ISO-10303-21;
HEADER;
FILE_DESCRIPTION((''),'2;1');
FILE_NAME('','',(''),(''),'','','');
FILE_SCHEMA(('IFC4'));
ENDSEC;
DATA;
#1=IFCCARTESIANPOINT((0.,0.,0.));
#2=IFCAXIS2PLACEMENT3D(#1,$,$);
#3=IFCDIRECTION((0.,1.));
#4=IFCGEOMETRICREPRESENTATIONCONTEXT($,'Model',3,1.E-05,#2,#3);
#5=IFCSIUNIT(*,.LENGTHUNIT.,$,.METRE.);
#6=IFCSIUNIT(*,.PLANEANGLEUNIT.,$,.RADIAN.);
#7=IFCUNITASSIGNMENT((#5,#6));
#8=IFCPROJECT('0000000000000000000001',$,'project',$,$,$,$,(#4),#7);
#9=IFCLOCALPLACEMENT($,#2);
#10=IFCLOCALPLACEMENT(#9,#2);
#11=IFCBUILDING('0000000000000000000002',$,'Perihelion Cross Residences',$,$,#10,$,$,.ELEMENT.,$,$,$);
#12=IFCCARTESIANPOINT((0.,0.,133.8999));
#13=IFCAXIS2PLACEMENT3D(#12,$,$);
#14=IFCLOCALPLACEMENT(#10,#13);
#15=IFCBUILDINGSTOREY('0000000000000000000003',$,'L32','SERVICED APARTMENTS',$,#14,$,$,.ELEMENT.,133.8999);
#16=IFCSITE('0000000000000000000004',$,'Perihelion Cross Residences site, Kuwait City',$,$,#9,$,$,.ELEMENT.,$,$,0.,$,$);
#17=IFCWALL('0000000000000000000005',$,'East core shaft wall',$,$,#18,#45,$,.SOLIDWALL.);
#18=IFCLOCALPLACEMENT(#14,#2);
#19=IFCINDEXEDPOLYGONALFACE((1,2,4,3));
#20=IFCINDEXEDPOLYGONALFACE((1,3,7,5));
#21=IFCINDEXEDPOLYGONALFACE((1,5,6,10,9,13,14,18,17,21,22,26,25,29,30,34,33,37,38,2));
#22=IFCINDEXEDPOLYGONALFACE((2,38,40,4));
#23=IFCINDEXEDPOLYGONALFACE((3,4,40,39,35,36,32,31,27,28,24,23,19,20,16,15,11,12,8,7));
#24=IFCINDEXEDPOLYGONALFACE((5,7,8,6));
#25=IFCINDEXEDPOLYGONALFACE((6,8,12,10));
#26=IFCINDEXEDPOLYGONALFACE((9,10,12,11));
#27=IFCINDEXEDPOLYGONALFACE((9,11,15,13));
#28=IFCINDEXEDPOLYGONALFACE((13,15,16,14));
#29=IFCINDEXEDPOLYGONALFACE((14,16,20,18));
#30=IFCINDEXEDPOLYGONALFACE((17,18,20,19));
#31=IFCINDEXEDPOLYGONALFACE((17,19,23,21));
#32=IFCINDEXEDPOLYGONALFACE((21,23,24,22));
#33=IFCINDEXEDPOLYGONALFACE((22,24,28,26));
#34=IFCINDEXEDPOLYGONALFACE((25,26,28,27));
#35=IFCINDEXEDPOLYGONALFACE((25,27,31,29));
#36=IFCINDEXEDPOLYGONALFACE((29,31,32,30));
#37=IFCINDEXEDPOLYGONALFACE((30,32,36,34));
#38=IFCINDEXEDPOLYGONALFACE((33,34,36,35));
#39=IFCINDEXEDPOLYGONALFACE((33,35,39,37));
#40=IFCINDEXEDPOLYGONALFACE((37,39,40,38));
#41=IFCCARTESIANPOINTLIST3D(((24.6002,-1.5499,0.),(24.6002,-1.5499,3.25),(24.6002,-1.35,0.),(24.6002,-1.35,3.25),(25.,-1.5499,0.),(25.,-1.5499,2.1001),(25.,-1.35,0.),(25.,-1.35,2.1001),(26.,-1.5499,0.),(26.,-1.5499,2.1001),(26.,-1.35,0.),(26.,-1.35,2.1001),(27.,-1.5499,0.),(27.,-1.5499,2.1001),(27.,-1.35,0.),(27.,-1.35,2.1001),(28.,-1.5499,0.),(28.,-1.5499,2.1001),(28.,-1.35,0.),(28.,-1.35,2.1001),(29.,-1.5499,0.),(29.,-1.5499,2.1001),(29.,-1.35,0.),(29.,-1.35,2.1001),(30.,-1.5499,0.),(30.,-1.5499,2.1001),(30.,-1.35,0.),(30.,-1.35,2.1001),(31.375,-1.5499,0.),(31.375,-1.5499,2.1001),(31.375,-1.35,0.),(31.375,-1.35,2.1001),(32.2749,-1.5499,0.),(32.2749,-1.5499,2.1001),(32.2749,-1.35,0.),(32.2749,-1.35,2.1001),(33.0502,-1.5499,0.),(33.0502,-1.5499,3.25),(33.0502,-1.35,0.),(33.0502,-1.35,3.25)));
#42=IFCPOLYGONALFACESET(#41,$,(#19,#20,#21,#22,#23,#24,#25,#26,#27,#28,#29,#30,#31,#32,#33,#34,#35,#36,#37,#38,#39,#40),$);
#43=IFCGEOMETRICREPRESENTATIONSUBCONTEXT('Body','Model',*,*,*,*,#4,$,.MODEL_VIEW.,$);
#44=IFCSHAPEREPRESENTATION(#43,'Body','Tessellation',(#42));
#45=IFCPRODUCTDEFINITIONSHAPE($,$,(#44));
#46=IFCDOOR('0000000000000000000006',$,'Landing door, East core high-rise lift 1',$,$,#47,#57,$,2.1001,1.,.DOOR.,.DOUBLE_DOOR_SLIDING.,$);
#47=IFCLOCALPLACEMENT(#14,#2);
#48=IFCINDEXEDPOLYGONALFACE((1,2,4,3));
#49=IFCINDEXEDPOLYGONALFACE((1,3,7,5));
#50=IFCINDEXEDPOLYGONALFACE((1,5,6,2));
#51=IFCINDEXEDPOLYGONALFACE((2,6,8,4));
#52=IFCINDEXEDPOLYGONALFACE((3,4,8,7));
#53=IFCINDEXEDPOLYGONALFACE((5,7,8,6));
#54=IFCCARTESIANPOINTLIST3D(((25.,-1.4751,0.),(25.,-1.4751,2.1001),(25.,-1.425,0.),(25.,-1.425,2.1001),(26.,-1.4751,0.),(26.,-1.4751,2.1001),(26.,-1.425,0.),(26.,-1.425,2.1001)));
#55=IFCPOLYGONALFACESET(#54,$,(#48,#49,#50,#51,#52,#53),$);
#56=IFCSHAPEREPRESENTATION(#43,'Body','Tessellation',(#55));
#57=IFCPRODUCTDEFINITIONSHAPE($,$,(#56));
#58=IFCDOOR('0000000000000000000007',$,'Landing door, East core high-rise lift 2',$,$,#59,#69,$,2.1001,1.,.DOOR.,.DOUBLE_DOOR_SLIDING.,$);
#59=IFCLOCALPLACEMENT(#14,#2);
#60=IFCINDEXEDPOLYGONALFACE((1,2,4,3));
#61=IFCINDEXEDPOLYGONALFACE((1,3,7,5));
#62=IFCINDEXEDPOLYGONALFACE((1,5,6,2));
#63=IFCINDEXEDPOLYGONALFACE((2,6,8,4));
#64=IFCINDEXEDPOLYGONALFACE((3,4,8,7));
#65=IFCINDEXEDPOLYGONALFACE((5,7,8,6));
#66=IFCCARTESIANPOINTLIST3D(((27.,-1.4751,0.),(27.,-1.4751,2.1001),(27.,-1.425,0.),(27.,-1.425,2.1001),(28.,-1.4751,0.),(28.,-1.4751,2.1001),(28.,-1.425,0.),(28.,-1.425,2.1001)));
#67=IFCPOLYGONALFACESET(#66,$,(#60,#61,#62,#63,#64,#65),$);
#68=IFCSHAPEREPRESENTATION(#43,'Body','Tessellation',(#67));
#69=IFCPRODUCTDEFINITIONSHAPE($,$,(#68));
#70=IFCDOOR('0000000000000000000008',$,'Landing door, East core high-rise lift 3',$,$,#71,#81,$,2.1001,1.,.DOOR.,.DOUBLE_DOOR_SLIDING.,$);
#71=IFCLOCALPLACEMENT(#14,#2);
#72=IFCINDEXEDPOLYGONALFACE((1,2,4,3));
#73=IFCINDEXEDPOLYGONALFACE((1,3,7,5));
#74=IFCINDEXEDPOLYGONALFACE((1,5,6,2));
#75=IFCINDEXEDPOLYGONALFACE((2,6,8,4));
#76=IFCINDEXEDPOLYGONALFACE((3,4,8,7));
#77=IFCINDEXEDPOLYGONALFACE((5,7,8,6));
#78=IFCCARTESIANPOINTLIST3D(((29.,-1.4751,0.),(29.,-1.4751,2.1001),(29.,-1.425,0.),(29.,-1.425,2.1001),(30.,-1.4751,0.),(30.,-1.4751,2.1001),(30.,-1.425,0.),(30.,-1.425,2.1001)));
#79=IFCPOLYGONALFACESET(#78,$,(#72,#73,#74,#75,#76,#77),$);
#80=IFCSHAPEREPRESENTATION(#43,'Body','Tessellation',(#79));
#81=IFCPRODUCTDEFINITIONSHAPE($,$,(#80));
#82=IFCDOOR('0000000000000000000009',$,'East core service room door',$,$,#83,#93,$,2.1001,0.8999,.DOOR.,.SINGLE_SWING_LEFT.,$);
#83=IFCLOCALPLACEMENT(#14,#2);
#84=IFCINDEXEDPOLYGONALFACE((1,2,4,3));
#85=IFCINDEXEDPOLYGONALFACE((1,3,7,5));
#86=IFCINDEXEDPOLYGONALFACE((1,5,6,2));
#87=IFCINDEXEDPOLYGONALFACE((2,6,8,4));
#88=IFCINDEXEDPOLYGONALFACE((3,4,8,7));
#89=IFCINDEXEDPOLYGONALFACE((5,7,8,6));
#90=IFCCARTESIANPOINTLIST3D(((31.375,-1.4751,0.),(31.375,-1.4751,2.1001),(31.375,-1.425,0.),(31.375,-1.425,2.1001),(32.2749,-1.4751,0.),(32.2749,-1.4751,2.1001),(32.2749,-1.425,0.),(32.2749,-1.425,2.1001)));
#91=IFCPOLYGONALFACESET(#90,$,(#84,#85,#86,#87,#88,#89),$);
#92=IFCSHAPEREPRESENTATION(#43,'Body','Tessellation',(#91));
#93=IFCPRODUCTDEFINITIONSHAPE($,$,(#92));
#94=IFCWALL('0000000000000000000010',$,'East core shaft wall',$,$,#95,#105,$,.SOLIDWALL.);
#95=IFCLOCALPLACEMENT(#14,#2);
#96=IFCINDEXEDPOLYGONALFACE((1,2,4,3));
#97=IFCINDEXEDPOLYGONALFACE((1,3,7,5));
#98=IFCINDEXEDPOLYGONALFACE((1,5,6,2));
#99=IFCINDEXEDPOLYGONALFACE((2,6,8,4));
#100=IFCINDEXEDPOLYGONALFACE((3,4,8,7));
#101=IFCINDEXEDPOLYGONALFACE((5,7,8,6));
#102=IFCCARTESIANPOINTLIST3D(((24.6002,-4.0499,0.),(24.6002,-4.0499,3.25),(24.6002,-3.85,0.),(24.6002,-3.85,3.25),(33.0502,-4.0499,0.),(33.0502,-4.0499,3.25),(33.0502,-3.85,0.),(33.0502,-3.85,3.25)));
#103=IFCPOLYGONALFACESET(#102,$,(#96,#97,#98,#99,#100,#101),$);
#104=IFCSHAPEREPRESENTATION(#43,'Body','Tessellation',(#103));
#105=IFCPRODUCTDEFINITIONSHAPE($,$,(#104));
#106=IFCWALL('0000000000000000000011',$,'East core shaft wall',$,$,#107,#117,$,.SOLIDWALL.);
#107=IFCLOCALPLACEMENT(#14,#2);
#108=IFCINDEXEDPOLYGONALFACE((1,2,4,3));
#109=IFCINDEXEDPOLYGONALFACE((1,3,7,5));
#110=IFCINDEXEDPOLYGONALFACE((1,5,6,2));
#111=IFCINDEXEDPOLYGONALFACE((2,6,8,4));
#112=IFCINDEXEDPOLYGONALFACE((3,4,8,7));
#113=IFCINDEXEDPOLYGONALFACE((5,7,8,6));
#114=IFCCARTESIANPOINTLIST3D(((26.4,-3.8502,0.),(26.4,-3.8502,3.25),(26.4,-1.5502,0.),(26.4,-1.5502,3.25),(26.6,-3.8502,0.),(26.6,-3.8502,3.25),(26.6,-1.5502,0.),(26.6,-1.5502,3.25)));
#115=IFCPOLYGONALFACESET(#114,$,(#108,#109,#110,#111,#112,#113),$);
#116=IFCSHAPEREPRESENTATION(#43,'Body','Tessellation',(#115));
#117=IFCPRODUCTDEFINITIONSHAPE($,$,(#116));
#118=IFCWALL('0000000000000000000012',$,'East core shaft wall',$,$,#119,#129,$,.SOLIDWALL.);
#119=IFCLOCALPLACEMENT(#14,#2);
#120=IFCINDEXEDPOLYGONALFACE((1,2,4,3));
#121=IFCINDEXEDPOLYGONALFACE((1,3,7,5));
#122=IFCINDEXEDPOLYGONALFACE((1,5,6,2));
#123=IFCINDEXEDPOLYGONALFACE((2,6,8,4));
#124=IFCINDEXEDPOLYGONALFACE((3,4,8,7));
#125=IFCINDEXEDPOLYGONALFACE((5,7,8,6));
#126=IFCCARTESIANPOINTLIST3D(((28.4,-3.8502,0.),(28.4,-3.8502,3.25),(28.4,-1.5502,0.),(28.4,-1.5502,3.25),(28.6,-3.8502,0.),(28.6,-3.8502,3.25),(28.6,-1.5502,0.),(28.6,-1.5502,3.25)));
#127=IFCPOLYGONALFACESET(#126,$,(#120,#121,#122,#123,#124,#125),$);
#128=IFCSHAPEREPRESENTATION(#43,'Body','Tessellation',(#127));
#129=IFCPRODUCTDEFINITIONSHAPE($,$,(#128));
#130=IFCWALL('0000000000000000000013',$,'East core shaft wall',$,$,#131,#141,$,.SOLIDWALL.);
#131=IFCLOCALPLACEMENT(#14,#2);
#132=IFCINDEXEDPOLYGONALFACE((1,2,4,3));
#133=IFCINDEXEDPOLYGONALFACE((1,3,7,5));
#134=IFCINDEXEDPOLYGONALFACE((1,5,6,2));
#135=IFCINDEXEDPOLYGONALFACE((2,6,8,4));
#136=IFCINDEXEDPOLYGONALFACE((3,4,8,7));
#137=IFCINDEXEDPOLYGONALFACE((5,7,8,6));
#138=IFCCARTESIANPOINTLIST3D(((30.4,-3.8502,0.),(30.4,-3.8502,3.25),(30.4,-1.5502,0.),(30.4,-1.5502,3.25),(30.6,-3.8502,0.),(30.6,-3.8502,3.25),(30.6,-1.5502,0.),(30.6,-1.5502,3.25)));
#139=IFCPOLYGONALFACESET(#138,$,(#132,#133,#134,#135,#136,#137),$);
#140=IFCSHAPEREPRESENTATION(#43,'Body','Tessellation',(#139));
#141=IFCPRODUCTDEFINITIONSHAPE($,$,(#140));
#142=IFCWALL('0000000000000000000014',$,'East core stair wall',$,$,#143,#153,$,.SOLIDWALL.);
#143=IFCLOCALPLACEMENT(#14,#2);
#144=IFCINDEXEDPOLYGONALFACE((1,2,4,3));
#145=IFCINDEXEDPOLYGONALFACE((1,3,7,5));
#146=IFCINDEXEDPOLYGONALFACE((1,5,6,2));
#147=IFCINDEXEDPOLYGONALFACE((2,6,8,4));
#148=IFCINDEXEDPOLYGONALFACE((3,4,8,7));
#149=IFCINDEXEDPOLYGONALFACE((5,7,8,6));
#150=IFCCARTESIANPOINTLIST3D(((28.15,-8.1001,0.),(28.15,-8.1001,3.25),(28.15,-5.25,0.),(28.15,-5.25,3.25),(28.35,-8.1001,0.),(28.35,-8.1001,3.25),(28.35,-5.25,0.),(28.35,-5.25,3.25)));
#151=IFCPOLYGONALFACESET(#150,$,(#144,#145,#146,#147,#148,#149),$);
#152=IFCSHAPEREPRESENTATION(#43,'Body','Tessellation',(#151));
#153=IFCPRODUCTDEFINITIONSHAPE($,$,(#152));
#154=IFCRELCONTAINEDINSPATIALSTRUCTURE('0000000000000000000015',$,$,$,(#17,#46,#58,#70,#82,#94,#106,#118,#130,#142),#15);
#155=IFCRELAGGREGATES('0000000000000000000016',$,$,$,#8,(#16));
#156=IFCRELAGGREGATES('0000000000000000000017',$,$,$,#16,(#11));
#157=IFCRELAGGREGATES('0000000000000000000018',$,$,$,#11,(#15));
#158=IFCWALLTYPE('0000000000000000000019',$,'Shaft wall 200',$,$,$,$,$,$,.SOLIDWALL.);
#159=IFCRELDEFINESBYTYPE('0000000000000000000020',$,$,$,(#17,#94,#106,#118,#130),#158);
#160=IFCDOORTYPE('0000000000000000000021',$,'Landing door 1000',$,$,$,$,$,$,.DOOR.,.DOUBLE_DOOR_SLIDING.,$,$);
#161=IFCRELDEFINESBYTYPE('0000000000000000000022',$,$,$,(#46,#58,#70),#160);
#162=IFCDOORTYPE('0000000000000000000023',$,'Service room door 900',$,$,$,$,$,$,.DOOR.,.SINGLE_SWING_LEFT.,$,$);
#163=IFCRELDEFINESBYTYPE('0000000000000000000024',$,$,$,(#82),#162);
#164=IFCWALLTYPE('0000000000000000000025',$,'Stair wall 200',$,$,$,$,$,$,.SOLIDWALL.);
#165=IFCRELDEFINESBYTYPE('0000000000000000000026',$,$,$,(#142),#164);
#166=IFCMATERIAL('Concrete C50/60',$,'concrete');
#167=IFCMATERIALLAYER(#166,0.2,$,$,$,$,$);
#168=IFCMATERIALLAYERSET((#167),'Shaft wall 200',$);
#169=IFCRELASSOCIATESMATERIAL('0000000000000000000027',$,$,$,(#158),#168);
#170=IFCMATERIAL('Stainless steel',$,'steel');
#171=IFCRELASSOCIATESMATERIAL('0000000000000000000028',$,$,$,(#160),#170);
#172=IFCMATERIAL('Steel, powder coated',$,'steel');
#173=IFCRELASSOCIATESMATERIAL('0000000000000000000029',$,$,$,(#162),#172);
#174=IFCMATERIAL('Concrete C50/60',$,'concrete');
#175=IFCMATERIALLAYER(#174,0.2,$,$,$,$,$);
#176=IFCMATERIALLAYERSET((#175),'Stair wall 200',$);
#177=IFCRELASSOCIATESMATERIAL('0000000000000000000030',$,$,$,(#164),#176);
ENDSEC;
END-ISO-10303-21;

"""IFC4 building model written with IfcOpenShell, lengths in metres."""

from ifc_helpers import new_model, si_unit, direction, frame, frame_2d, origin, place, context, subcontext, project, spatial, rectangle, extrude, material, layer, layer_set, type_object, element, fill, save


model = new_model("IFC4")

# Units and contexts
model_context = context("Model", 3, precision=1e-05, world=origin(), true_north=direction((0.0, 1.0)))
body_context = subcontext(model_context, "Body", "Model", "MODEL_VIEW")
ifc_project = project(units=[si_unit("LENGTHUNIT", "METRE"), si_unit("PLANEANGLEUNIT", "RADIAN")], contexts=[model_context])

# Site, building, storey
site_placement = place(None, origin())
site = spatial("IfcSite", under=ifc_project, at=site_placement, Name="Perihelion Cross Residences site, Kuwait City", CompositionType="ELEMENT", RefElevation=0.0)
building_placement = place(site_placement, origin())
building = spatial("IfcBuilding", under=site, at=building_placement, Name="Perihelion Cross Residences", CompositionType="ELEMENT")
storey_placement = place(building_placement, frame((0.0, 0.0, 133.8999)))
storey = spatial("IfcBuildingStorey", under=building, at=storey_placement, Name="L32", Description="SERVICED APARTMENTS", CompositionType="ELEMENT", Elevation=133.8999)

# Wall, openings, doors
ifc_material_1 = material(Name="Concrete C50/60", Category="concrete")
ifc_layer_1 = layer(ifc_material_1, 0.2)
ifc_layer_set_1 = layer_set([ifc_layer_1], Name="Shaft wall 200")
wall_type_1 = type_object("IfcWallType", Name="Shaft wall 200", PredefinedType="SOLIDWALL", material=ifc_layer_set_1)
wall_1_placement = place(storey_placement, frame((24.6001, -1.45, 0.0), z_axis=(0.0, 0.0, 1.0), x_axis=(1.0, 0.0, 0.0)))
wall_1 = element("IfcWall", 1, at=wall_1_placement, inside=storey, type_object=wall_type_1, Name="East core shaft wall", PredefinedType="SOLIDWALL", context=body_context, shape_type="SweptSolid", body=[
    extrude(rectangle(XDim=8.45, YDim=0.2, at=frame_2d((4.2251, 0.0))), origin(), (0.0, 0.0, 1.0), 3.25),
])
opening_1_placement = place(wall_1_placement, frame((0.3999, 0.0, 0.0)))
opening_1 = element("IfcOpeningElement", 2, at=opening_1_placement, cuts=wall_1, PredefinedType="OPENING", context=body_context, shape_type="SweptSolid", body=[
    extrude(rectangle(XDim=1.0, YDim=2.1001, at=frame_2d((0.5, 1.05))), frame((0.0, 0.1099, 0.0), z_axis=(0.0, -1.0, 0.0), x_axis=(1.0, 0.0, 0.0)), (0.0, 0.0, 1.0), 0.22),
])
opening_2_placement = place(wall_1_placement, frame((2.3999, 0.0, 0.0)))
opening_2 = element("IfcOpeningElement", 3, at=opening_2_placement, cuts=wall_1, PredefinedType="OPENING", context=body_context, shape_type="SweptSolid", body=[
    extrude(rectangle(XDim=1.0, YDim=2.1001, at=frame_2d((0.5, 1.05))), frame((0.0, 0.1099, 0.0), z_axis=(0.0, -1.0, 0.0), x_axis=(1.0, 0.0, 0.0)), (0.0, 0.0, 1.0), 0.22),
])
opening_3_placement = place(wall_1_placement, frame((4.3999, 0.0, 0.0)))
opening_3 = element("IfcOpeningElement", 4, at=opening_3_placement, cuts=wall_1, PredefinedType="OPENING", context=body_context, shape_type="SweptSolid", body=[
    extrude(rectangle(XDim=1.0, YDim=2.1001, at=frame_2d((0.5, 1.05))), frame((0.0, 0.1099, 0.0), z_axis=(0.0, -1.0, 0.0), x_axis=(1.0, 0.0, 0.0)), (0.0, 0.0, 1.0), 0.22),
])
opening_4_placement = place(wall_1_placement, frame((6.7749, 0.0, 0.0)))
opening_4 = element("IfcOpeningElement", 5, at=opening_4_placement, cuts=wall_1, PredefinedType="OPENING", context=body_context, shape_type="SweptSolid", body=[
    extrude(rectangle(XDim=0.8999, YDim=2.1001, at=frame_2d((0.45, 1.05))), frame((0.0, 0.1099, 0.0), z_axis=(0.0, -1.0, 0.0), x_axis=(1.0, 0.0, 0.0)), (0.0, 0.0, 1.0), 0.22),
])
ifc_material_2 = material(Name="Stainless steel", Category="steel")
door_type_1 = type_object("IfcDoorType", Name="Landing door 1000", OperationType="DOUBLE_DOOR_SLIDING", PredefinedType="DOOR", material=ifc_material_2)
door_1_placement = place(opening_1_placement, origin())
door_1 = element("IfcDoor", 6, at=door_1_placement, inside=storey, type_object=door_type_1, Name="Landing door, East core high-rise lift 1", OperationType="DOUBLE_DOOR_SLIDING", OverallHeight=2.1001, OverallWidth=1.0, PredefinedType="DOOR", context=body_context, shape_type="SweptSolid", body=[
    extrude(rectangle(XDim=1.0, YDim=2.1001, at=frame_2d((0.5, 1.05))), frame((0.0, 0.0249, 0.0), z_axis=(0.0, -1.0, 0.0), x_axis=(1.0, 0.0, 0.0)), (0.0, 0.0, 1.0), 0.05),
])
fill(opening_1, door_1)
door_2_placement = place(opening_2_placement, origin())
door_2 = element("IfcDoor", 7, at=door_2_placement, inside=storey, type_object=door_type_1, Name="Landing door, East core high-rise lift 2", OperationType="DOUBLE_DOOR_SLIDING", OverallHeight=2.1001, OverallWidth=1.0, PredefinedType="DOOR", context=body_context, shape_type="SweptSolid", body=[
    extrude(rectangle(XDim=1.0, YDim=2.1001, at=frame_2d((0.5, 1.05))), frame((0.0, 0.0249, 0.0), z_axis=(0.0, -1.0, 0.0), x_axis=(1.0, 0.0, 0.0)), (0.0, 0.0, 1.0), 0.05),
])
fill(opening_2, door_2)
door_3_placement = place(opening_3_placement, origin())
door_3 = element("IfcDoor", 8, at=door_3_placement, inside=storey, type_object=door_type_1, Name="Landing door, East core high-rise lift 3", OperationType="DOUBLE_DOOR_SLIDING", OverallHeight=2.1001, OverallWidth=1.0, PredefinedType="DOOR", context=body_context, shape_type="SweptSolid", body=[
    extrude(rectangle(XDim=1.0, YDim=2.1001, at=frame_2d((0.5, 1.05))), frame((0.0, 0.0249, 0.0), z_axis=(0.0, -1.0, 0.0), x_axis=(1.0, 0.0, 0.0)), (0.0, 0.0, 1.0), 0.05),
])
fill(opening_3, door_3)
ifc_material_3 = material(Name="Steel, powder coated", Category="steel")
door_type_2 = type_object("IfcDoorType", Name="Service room door 900", OperationType="SINGLE_SWING_LEFT", PredefinedType="DOOR", material=ifc_material_3)
door_4_placement = place(opening_4_placement, origin())
door_4 = element("IfcDoor", 9, at=door_4_placement, inside=storey, type_object=door_type_2, Name="East core service room door", OperationType="SINGLE_SWING_LEFT", OverallHeight=2.1001, OverallWidth=0.8999, PredefinedType="DOOR", context=body_context, shape_type="SweptSolid", body=[
    extrude(rectangle(XDim=0.8999, YDim=2.1001, at=frame_2d((0.45, 1.05))), frame((0.0, 0.0249, 0.0), z_axis=(0.0, -1.0, 0.0), x_axis=(1.0, 0.0, 0.0)), (0.0, 0.0, 1.0), 0.05),
])
fill(opening_4, door_4)

# Walls
wall_2_placement = place(storey_placement, frame((24.6001, -3.95, 0.0), z_axis=(0.0, 0.0, 1.0), x_axis=(1.0, 0.0, 0.0)))
element("IfcWall", 10, at=wall_2_placement, inside=storey, type_object=wall_type_1, Name="East core shaft wall", PredefinedType="SOLIDWALL", context=body_context, shape_type="SweptSolid", body=[
    extrude(rectangle(XDim=8.45, YDim=0.2, at=frame_2d((4.2251, 0.0))), origin(), (0.0, 0.0, 1.0), 3.25),
])
for number, where, z_axis, x_axis, name in (
    (11, (26.5, -3.8501, 0.0), (0.0, 0.0, 1.0), (0.0, 1.0, 0.0), "East core shaft wall"),
    (12, (28.5, -3.8501, 0.0), (0.0, 0.0, 1.0), (0.0, 1.0, 0.0), "East core shaft wall"),
    (13, (30.5, -3.8501, 0.0), (0.0, 0.0, 1.0), (0.0, 1.0, 0.0), "East core shaft wall"),
):
    element("IfcWall", number, at=place(storey_placement, frame(where, z_axis=z_axis, x_axis=x_axis)), inside=storey, type_object=wall_type_1, Name=name, PredefinedType="SOLIDWALL", context=body_context, shape_type="SweptSolid", body=[
        extrude(rectangle(XDim=2.3, YDim=0.2, at=frame_2d((1.1499, 0.0))), origin(), (0.0, 0.0, 1.0), 3.25),
    ])
ifc_material_4 = material(Name="Concrete C50/60", Category="concrete")
ifc_layer_2 = layer(ifc_material_4, 0.2)
ifc_layer_set_2 = layer_set([ifc_layer_2], Name="Stair wall 200")
wall_type_2 = type_object("IfcWallType", Name="Stair wall 200", PredefinedType="SOLIDWALL", material=ifc_layer_set_2)
wall_3_placement = place(storey_placement, frame((28.25, -8.1001, 0.0), z_axis=(0.0, 0.0, 1.0), x_axis=(0.0, 1.0, 0.0)))
element("IfcWall", 14, at=wall_3_placement, inside=storey, type_object=wall_type_2, Name="East core stair wall", PredefinedType="SOLIDWALL", context=body_context, shape_type="SweptSolid", body=[
    extrude(rectangle(XDim=2.8501, YDim=0.2, at=frame_2d((1.425, 0.0))), origin(), (0.0, 0.0, 1.0), 3.25),
])

save(model, "model.ifc")
